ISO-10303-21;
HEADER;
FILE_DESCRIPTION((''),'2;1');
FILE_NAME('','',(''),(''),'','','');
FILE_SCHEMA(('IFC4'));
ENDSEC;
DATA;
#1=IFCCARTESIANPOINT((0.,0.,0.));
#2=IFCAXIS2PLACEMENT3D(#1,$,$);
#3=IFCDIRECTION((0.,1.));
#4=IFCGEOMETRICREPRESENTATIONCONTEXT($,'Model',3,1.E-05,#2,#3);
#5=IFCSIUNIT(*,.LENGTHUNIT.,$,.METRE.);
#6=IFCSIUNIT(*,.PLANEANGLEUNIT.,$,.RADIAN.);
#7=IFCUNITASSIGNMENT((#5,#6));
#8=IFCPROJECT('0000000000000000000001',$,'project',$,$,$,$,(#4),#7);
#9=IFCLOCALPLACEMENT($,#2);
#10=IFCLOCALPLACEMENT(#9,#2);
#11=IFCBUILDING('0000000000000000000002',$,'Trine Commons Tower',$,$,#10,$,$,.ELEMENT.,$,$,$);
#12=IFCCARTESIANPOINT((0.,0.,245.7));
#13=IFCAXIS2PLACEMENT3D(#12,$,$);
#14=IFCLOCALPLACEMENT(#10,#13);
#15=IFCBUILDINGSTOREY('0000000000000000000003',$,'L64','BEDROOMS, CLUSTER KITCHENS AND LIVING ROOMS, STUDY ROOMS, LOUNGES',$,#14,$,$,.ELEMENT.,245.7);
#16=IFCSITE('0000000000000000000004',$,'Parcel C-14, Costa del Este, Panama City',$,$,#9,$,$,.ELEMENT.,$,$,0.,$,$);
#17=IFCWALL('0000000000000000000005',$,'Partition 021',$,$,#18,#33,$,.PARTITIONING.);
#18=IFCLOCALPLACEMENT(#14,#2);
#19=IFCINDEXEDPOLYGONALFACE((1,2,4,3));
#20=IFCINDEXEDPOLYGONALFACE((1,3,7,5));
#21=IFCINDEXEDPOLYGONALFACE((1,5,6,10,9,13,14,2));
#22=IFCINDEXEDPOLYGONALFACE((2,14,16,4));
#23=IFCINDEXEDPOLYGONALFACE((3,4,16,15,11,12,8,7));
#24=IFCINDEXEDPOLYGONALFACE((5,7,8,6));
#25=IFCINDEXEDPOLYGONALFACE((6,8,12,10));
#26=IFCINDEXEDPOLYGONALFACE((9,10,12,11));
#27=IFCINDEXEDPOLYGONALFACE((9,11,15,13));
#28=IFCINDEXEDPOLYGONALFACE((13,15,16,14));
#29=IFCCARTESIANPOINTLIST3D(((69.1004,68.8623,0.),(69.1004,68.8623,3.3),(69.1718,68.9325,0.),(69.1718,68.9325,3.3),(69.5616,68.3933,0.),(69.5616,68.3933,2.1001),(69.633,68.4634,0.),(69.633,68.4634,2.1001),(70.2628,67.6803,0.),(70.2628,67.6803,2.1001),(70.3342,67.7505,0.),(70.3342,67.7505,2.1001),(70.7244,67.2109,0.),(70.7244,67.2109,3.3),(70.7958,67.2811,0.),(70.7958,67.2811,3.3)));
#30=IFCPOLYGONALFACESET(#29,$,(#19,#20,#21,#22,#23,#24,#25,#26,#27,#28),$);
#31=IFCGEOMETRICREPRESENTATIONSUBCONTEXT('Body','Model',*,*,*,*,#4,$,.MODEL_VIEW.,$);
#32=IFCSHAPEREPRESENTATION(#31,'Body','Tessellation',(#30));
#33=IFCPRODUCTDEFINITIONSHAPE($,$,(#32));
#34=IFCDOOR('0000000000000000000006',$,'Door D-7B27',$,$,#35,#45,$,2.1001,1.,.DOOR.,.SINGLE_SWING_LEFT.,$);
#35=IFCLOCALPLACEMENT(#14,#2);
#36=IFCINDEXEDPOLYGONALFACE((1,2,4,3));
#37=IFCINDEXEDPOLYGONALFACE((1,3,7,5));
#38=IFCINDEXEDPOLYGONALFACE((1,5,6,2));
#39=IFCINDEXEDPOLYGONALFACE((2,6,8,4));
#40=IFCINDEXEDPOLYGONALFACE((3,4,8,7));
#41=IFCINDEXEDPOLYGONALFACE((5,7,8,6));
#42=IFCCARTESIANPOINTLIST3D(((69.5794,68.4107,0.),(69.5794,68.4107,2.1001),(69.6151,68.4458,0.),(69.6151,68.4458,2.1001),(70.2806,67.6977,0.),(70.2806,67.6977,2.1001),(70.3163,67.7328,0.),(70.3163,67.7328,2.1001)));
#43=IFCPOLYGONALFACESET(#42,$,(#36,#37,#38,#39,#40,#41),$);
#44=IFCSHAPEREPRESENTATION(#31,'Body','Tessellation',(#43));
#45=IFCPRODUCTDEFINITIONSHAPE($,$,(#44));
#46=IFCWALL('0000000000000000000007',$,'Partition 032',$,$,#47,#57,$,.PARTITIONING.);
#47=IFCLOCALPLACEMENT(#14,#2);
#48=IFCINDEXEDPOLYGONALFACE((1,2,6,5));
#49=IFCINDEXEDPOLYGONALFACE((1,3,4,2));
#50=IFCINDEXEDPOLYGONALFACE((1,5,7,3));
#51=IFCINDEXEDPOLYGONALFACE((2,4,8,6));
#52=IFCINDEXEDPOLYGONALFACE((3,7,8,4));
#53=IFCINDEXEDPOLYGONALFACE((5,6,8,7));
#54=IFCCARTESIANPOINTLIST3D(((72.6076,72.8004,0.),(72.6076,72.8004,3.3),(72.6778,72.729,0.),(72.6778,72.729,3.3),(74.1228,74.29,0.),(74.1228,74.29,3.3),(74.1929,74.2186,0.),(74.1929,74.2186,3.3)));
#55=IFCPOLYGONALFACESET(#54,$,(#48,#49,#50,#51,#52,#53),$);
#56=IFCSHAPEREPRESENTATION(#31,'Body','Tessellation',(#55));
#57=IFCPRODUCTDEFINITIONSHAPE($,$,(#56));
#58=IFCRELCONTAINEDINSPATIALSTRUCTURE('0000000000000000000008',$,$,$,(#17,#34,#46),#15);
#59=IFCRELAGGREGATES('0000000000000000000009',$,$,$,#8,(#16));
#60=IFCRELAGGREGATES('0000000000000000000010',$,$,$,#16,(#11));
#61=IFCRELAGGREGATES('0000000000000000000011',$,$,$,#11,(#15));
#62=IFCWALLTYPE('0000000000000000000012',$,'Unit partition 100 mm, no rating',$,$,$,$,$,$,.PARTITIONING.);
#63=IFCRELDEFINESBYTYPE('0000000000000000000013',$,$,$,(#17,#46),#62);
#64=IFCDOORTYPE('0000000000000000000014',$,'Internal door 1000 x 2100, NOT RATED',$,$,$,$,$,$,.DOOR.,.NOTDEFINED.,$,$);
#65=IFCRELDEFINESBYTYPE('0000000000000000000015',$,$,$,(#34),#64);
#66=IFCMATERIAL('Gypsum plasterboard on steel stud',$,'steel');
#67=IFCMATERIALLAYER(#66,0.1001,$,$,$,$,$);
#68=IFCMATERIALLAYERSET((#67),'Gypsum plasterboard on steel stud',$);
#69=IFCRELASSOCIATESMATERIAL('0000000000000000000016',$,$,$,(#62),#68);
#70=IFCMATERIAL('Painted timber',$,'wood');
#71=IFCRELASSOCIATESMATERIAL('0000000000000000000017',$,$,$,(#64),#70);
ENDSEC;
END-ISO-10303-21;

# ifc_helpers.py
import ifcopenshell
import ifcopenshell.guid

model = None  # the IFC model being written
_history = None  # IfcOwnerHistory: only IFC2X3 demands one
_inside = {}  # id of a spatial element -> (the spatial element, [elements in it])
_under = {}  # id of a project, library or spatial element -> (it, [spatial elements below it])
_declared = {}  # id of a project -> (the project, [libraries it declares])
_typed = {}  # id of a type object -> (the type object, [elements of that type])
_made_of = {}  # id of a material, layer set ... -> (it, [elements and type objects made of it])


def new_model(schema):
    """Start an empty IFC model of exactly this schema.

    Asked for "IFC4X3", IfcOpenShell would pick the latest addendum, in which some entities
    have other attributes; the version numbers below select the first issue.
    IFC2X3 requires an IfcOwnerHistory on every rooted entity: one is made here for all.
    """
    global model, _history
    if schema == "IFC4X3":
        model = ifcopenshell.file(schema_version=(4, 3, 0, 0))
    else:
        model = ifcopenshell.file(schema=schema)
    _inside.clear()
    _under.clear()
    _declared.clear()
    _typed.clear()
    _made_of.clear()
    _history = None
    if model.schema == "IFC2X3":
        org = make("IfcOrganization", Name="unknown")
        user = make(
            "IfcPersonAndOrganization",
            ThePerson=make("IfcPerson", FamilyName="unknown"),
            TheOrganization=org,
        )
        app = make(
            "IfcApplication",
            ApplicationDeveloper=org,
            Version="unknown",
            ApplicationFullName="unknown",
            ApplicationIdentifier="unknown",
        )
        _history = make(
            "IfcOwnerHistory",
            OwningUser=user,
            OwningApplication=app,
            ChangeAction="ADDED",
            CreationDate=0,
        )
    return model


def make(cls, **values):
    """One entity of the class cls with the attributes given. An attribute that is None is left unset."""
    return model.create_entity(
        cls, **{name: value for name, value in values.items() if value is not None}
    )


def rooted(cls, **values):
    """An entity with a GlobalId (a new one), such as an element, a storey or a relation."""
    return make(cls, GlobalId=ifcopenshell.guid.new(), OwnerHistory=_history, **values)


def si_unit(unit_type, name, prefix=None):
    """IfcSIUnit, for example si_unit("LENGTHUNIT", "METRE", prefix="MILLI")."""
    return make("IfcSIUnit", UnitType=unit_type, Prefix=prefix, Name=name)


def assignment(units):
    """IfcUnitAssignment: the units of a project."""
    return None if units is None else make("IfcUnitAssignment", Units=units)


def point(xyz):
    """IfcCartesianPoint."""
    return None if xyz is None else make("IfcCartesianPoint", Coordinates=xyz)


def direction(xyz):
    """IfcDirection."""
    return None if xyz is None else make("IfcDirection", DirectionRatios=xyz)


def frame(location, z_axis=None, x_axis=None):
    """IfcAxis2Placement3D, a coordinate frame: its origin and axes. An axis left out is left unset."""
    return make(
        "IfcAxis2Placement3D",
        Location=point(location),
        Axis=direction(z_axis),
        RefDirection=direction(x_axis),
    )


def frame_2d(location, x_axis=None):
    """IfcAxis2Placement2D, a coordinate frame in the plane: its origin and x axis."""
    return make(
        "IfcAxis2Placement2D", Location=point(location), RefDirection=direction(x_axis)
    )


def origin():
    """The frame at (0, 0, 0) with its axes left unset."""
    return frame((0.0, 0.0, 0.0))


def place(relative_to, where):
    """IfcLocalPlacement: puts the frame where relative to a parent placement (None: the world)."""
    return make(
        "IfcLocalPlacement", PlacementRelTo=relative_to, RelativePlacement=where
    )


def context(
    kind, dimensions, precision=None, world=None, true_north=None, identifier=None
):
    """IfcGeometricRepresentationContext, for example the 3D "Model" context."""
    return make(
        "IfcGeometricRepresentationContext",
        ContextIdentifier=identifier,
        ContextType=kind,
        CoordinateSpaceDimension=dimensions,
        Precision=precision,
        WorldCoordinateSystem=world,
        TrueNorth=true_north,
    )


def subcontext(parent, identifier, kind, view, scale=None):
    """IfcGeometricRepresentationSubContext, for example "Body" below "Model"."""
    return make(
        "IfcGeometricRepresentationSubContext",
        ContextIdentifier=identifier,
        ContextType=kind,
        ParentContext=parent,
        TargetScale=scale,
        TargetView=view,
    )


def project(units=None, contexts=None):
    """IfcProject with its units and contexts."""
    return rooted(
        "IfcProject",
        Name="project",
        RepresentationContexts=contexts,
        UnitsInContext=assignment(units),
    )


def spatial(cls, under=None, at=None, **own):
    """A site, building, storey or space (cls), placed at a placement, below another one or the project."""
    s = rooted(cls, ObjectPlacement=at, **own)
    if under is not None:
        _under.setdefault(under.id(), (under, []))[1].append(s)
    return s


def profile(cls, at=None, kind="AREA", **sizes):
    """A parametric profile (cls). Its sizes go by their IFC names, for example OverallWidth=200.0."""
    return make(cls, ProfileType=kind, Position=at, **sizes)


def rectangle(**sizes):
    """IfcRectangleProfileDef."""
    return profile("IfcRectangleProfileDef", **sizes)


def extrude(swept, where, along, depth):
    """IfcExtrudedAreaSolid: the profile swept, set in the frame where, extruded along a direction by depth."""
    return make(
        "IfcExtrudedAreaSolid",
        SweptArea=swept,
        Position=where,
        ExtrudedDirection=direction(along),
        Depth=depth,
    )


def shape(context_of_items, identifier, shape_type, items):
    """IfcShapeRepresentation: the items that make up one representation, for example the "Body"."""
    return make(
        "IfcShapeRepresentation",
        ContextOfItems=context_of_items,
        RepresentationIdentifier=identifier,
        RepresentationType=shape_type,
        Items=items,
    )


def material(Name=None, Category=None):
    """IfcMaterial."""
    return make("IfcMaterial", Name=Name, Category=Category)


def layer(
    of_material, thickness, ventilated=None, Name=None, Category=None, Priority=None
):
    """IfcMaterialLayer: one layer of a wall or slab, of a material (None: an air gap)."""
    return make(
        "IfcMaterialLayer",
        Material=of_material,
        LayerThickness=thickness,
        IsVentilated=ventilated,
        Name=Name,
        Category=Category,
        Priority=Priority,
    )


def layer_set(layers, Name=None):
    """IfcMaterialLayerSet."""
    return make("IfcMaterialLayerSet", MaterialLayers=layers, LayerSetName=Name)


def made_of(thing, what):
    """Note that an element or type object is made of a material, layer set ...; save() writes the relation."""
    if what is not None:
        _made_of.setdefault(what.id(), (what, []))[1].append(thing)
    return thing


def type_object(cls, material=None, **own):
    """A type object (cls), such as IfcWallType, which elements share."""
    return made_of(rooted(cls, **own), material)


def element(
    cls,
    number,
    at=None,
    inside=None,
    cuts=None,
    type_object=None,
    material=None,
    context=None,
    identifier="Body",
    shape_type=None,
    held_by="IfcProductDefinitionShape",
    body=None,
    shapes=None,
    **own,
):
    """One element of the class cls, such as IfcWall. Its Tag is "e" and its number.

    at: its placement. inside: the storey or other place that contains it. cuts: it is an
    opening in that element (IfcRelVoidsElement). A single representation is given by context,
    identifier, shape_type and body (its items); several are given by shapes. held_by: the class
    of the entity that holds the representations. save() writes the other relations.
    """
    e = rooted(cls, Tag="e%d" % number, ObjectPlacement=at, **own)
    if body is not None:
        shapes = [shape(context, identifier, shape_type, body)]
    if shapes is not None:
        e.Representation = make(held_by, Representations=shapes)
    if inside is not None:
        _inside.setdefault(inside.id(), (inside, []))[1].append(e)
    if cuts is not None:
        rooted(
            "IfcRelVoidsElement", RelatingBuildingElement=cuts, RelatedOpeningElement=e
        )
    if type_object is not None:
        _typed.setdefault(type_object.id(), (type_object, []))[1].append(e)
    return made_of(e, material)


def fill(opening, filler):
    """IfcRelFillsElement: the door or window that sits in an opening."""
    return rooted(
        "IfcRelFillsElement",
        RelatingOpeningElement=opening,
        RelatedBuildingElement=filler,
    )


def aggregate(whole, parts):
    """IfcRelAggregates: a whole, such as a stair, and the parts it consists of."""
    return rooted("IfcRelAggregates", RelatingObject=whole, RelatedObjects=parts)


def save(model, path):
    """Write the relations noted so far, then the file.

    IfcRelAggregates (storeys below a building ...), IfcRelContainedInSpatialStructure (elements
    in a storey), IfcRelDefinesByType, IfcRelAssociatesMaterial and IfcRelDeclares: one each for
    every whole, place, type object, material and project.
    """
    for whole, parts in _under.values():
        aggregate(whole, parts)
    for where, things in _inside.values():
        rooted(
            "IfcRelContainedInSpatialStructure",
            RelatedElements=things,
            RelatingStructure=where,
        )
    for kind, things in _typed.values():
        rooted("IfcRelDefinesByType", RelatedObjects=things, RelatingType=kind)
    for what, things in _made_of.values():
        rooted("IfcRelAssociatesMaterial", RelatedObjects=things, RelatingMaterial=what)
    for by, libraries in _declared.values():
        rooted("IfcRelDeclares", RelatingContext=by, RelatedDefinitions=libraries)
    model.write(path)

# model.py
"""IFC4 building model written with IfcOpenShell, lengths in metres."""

from ifc_helpers import new_model, si_unit, direction, frame, frame_2d, origin, place, context, subcontext, project, spatial, rectangle, extrude, material, layer, layer_set, type_object, element, fill, save


model = new_model("IFC4")

# Units and contexts
model_context = context("Model", 3, precision=1e-05, world=origin(), true_north=direction((0.0, 1.0)))
body_context = subcontext(model_context, "Body", "Model", "MODEL_VIEW")
ifc_project = project(units=[si_unit("LENGTHUNIT", "METRE"), si_unit("PLANEANGLEUNIT", "RADIAN")], contexts=[model_context])

# Site, building, storey
site_placement = place(None, origin())
site = spatial("IfcSite", under=ifc_project, at=site_placement, Name="Parcel C-14, Costa del Este, Panama City", CompositionType="ELEMENT", RefElevation=0.0)
building_placement = place(site_placement, origin())
building = spatial("IfcBuilding", under=site, at=building_placement, Name="Trine Commons Tower", CompositionType="ELEMENT")
storey_placement = place(building_placement, frame((0.0, 0.0, 245.7)))
storey = spatial("IfcBuildingStorey", under=building, at=storey_placement, Name="L64", Description="BEDROOMS, CLUSTER KITCHENS AND LIVING ROOMS, STUDY ROOMS, LOUNGES", CompositionType="ELEMENT", Elevation=245.7)

# Shared definitions
ifc_material_1 = material(Name="Gypsum plasterboard on steel stud", Category="steel")

# Wall, opening, door
ifc_material_2 = material(Name="Painted timber", Category="wood")
ifc_layer_1 = layer(ifc_material_1, 0.1001)
ifc_layer_set_1 = layer_set([ifc_layer_1], Name="Gypsum plasterboard on steel stud")
wall_type_1 = type_object("IfcWallType", Name="Unit partition 100 mm, no rating", PredefinedType="PARTITIONING", material=ifc_layer_set_1)
wall_1_placement = place(storey_placement, frame((69.136, 68.8975, 0.0), z_axis=(0.0, 0.0, 1.0), x_axis=(0.701179, -0.712985, 0.0)))
wall_1 = element("IfcWall", 1, at=wall_1_placement, inside=storey, type_object=wall_type_1, Name="Partition 021", PredefinedType="PARTITIONING", context=body_context, shape_type="SweptSolid", body=[
    extrude(rectangle(XDim=2.3162, YDim=0.1001, at=frame_2d((1.1582, 0.0))), origin(), (0.0, 0.0, 1.0), 3.3),
])
opening_1_placement = place(wall_1_placement, frame((0.658, 0.0, 0.0)))
opening_1 = element("IfcOpeningElement", 2, at=opening_1_placement, cuts=wall_1, PredefinedType="OPENING", context=body_context, shape_type="SweptSolid", body=[
    extrude(rectangle(XDim=1.0, YDim=2.1001, at=frame_2d((0.5, 1.05))), frame((0.0, 0.0601, 0.0), z_axis=(0.0, -1.0, 0.0), x_axis=(1.0, 0.0, 0.0)), (0.0, 0.0, 1.0), 0.1201),
])
door_type_1 = type_object("IfcDoorType", Name="Internal door 1000 x 2100, NOT RATED", OperationType="NOTDEFINED", PredefinedType="DOOR", material=ifc_material_2)
door_1_placement = place(opening_1_placement, origin())
door_1 = element("IfcDoor", 3, at=door_1_placement, inside=storey, type_object=door_type_1, Name="Door D-7B27", OperationType="SINGLE_SWING_LEFT", OverallHeight=2.1001, OverallWidth=1.0, PredefinedType="DOOR", context=body_context, shape_type="SweptSolid", body=[
    extrude(rectangle(XDim=1.0, YDim=2.1001, at=frame_2d((0.5, 1.05))), frame((0.0, 0.0249, 0.0), z_axis=(0.0, -1.0, 0.0), x_axis=(1.0, 0.0, 0.0)), (0.0, 0.0, 1.0), 0.05),
])
fill(opening_1, door_1)

# Wall
wall_2_placement = place(storey_placement, frame((72.6426, 72.7646, 0.0), z_axis=(0.0, 0.0, 1.0), x_axis=(0.713114, 0.701048, 0.0)))
element("IfcWall", 4, at=wall_2_placement, inside=storey, type_object=wall_type_1, Name="Partition 032", PredefinedType="PARTITIONING", context=body_context, shape_type="SweptSolid", body=[
    extrude(rectangle(XDim=2.1248, YDim=0.1001, at=frame_2d((1.0625, 0.0))), origin(), (0.0, 0.0, 1.0), 3.3),
])

save(model, "model.ifc")
